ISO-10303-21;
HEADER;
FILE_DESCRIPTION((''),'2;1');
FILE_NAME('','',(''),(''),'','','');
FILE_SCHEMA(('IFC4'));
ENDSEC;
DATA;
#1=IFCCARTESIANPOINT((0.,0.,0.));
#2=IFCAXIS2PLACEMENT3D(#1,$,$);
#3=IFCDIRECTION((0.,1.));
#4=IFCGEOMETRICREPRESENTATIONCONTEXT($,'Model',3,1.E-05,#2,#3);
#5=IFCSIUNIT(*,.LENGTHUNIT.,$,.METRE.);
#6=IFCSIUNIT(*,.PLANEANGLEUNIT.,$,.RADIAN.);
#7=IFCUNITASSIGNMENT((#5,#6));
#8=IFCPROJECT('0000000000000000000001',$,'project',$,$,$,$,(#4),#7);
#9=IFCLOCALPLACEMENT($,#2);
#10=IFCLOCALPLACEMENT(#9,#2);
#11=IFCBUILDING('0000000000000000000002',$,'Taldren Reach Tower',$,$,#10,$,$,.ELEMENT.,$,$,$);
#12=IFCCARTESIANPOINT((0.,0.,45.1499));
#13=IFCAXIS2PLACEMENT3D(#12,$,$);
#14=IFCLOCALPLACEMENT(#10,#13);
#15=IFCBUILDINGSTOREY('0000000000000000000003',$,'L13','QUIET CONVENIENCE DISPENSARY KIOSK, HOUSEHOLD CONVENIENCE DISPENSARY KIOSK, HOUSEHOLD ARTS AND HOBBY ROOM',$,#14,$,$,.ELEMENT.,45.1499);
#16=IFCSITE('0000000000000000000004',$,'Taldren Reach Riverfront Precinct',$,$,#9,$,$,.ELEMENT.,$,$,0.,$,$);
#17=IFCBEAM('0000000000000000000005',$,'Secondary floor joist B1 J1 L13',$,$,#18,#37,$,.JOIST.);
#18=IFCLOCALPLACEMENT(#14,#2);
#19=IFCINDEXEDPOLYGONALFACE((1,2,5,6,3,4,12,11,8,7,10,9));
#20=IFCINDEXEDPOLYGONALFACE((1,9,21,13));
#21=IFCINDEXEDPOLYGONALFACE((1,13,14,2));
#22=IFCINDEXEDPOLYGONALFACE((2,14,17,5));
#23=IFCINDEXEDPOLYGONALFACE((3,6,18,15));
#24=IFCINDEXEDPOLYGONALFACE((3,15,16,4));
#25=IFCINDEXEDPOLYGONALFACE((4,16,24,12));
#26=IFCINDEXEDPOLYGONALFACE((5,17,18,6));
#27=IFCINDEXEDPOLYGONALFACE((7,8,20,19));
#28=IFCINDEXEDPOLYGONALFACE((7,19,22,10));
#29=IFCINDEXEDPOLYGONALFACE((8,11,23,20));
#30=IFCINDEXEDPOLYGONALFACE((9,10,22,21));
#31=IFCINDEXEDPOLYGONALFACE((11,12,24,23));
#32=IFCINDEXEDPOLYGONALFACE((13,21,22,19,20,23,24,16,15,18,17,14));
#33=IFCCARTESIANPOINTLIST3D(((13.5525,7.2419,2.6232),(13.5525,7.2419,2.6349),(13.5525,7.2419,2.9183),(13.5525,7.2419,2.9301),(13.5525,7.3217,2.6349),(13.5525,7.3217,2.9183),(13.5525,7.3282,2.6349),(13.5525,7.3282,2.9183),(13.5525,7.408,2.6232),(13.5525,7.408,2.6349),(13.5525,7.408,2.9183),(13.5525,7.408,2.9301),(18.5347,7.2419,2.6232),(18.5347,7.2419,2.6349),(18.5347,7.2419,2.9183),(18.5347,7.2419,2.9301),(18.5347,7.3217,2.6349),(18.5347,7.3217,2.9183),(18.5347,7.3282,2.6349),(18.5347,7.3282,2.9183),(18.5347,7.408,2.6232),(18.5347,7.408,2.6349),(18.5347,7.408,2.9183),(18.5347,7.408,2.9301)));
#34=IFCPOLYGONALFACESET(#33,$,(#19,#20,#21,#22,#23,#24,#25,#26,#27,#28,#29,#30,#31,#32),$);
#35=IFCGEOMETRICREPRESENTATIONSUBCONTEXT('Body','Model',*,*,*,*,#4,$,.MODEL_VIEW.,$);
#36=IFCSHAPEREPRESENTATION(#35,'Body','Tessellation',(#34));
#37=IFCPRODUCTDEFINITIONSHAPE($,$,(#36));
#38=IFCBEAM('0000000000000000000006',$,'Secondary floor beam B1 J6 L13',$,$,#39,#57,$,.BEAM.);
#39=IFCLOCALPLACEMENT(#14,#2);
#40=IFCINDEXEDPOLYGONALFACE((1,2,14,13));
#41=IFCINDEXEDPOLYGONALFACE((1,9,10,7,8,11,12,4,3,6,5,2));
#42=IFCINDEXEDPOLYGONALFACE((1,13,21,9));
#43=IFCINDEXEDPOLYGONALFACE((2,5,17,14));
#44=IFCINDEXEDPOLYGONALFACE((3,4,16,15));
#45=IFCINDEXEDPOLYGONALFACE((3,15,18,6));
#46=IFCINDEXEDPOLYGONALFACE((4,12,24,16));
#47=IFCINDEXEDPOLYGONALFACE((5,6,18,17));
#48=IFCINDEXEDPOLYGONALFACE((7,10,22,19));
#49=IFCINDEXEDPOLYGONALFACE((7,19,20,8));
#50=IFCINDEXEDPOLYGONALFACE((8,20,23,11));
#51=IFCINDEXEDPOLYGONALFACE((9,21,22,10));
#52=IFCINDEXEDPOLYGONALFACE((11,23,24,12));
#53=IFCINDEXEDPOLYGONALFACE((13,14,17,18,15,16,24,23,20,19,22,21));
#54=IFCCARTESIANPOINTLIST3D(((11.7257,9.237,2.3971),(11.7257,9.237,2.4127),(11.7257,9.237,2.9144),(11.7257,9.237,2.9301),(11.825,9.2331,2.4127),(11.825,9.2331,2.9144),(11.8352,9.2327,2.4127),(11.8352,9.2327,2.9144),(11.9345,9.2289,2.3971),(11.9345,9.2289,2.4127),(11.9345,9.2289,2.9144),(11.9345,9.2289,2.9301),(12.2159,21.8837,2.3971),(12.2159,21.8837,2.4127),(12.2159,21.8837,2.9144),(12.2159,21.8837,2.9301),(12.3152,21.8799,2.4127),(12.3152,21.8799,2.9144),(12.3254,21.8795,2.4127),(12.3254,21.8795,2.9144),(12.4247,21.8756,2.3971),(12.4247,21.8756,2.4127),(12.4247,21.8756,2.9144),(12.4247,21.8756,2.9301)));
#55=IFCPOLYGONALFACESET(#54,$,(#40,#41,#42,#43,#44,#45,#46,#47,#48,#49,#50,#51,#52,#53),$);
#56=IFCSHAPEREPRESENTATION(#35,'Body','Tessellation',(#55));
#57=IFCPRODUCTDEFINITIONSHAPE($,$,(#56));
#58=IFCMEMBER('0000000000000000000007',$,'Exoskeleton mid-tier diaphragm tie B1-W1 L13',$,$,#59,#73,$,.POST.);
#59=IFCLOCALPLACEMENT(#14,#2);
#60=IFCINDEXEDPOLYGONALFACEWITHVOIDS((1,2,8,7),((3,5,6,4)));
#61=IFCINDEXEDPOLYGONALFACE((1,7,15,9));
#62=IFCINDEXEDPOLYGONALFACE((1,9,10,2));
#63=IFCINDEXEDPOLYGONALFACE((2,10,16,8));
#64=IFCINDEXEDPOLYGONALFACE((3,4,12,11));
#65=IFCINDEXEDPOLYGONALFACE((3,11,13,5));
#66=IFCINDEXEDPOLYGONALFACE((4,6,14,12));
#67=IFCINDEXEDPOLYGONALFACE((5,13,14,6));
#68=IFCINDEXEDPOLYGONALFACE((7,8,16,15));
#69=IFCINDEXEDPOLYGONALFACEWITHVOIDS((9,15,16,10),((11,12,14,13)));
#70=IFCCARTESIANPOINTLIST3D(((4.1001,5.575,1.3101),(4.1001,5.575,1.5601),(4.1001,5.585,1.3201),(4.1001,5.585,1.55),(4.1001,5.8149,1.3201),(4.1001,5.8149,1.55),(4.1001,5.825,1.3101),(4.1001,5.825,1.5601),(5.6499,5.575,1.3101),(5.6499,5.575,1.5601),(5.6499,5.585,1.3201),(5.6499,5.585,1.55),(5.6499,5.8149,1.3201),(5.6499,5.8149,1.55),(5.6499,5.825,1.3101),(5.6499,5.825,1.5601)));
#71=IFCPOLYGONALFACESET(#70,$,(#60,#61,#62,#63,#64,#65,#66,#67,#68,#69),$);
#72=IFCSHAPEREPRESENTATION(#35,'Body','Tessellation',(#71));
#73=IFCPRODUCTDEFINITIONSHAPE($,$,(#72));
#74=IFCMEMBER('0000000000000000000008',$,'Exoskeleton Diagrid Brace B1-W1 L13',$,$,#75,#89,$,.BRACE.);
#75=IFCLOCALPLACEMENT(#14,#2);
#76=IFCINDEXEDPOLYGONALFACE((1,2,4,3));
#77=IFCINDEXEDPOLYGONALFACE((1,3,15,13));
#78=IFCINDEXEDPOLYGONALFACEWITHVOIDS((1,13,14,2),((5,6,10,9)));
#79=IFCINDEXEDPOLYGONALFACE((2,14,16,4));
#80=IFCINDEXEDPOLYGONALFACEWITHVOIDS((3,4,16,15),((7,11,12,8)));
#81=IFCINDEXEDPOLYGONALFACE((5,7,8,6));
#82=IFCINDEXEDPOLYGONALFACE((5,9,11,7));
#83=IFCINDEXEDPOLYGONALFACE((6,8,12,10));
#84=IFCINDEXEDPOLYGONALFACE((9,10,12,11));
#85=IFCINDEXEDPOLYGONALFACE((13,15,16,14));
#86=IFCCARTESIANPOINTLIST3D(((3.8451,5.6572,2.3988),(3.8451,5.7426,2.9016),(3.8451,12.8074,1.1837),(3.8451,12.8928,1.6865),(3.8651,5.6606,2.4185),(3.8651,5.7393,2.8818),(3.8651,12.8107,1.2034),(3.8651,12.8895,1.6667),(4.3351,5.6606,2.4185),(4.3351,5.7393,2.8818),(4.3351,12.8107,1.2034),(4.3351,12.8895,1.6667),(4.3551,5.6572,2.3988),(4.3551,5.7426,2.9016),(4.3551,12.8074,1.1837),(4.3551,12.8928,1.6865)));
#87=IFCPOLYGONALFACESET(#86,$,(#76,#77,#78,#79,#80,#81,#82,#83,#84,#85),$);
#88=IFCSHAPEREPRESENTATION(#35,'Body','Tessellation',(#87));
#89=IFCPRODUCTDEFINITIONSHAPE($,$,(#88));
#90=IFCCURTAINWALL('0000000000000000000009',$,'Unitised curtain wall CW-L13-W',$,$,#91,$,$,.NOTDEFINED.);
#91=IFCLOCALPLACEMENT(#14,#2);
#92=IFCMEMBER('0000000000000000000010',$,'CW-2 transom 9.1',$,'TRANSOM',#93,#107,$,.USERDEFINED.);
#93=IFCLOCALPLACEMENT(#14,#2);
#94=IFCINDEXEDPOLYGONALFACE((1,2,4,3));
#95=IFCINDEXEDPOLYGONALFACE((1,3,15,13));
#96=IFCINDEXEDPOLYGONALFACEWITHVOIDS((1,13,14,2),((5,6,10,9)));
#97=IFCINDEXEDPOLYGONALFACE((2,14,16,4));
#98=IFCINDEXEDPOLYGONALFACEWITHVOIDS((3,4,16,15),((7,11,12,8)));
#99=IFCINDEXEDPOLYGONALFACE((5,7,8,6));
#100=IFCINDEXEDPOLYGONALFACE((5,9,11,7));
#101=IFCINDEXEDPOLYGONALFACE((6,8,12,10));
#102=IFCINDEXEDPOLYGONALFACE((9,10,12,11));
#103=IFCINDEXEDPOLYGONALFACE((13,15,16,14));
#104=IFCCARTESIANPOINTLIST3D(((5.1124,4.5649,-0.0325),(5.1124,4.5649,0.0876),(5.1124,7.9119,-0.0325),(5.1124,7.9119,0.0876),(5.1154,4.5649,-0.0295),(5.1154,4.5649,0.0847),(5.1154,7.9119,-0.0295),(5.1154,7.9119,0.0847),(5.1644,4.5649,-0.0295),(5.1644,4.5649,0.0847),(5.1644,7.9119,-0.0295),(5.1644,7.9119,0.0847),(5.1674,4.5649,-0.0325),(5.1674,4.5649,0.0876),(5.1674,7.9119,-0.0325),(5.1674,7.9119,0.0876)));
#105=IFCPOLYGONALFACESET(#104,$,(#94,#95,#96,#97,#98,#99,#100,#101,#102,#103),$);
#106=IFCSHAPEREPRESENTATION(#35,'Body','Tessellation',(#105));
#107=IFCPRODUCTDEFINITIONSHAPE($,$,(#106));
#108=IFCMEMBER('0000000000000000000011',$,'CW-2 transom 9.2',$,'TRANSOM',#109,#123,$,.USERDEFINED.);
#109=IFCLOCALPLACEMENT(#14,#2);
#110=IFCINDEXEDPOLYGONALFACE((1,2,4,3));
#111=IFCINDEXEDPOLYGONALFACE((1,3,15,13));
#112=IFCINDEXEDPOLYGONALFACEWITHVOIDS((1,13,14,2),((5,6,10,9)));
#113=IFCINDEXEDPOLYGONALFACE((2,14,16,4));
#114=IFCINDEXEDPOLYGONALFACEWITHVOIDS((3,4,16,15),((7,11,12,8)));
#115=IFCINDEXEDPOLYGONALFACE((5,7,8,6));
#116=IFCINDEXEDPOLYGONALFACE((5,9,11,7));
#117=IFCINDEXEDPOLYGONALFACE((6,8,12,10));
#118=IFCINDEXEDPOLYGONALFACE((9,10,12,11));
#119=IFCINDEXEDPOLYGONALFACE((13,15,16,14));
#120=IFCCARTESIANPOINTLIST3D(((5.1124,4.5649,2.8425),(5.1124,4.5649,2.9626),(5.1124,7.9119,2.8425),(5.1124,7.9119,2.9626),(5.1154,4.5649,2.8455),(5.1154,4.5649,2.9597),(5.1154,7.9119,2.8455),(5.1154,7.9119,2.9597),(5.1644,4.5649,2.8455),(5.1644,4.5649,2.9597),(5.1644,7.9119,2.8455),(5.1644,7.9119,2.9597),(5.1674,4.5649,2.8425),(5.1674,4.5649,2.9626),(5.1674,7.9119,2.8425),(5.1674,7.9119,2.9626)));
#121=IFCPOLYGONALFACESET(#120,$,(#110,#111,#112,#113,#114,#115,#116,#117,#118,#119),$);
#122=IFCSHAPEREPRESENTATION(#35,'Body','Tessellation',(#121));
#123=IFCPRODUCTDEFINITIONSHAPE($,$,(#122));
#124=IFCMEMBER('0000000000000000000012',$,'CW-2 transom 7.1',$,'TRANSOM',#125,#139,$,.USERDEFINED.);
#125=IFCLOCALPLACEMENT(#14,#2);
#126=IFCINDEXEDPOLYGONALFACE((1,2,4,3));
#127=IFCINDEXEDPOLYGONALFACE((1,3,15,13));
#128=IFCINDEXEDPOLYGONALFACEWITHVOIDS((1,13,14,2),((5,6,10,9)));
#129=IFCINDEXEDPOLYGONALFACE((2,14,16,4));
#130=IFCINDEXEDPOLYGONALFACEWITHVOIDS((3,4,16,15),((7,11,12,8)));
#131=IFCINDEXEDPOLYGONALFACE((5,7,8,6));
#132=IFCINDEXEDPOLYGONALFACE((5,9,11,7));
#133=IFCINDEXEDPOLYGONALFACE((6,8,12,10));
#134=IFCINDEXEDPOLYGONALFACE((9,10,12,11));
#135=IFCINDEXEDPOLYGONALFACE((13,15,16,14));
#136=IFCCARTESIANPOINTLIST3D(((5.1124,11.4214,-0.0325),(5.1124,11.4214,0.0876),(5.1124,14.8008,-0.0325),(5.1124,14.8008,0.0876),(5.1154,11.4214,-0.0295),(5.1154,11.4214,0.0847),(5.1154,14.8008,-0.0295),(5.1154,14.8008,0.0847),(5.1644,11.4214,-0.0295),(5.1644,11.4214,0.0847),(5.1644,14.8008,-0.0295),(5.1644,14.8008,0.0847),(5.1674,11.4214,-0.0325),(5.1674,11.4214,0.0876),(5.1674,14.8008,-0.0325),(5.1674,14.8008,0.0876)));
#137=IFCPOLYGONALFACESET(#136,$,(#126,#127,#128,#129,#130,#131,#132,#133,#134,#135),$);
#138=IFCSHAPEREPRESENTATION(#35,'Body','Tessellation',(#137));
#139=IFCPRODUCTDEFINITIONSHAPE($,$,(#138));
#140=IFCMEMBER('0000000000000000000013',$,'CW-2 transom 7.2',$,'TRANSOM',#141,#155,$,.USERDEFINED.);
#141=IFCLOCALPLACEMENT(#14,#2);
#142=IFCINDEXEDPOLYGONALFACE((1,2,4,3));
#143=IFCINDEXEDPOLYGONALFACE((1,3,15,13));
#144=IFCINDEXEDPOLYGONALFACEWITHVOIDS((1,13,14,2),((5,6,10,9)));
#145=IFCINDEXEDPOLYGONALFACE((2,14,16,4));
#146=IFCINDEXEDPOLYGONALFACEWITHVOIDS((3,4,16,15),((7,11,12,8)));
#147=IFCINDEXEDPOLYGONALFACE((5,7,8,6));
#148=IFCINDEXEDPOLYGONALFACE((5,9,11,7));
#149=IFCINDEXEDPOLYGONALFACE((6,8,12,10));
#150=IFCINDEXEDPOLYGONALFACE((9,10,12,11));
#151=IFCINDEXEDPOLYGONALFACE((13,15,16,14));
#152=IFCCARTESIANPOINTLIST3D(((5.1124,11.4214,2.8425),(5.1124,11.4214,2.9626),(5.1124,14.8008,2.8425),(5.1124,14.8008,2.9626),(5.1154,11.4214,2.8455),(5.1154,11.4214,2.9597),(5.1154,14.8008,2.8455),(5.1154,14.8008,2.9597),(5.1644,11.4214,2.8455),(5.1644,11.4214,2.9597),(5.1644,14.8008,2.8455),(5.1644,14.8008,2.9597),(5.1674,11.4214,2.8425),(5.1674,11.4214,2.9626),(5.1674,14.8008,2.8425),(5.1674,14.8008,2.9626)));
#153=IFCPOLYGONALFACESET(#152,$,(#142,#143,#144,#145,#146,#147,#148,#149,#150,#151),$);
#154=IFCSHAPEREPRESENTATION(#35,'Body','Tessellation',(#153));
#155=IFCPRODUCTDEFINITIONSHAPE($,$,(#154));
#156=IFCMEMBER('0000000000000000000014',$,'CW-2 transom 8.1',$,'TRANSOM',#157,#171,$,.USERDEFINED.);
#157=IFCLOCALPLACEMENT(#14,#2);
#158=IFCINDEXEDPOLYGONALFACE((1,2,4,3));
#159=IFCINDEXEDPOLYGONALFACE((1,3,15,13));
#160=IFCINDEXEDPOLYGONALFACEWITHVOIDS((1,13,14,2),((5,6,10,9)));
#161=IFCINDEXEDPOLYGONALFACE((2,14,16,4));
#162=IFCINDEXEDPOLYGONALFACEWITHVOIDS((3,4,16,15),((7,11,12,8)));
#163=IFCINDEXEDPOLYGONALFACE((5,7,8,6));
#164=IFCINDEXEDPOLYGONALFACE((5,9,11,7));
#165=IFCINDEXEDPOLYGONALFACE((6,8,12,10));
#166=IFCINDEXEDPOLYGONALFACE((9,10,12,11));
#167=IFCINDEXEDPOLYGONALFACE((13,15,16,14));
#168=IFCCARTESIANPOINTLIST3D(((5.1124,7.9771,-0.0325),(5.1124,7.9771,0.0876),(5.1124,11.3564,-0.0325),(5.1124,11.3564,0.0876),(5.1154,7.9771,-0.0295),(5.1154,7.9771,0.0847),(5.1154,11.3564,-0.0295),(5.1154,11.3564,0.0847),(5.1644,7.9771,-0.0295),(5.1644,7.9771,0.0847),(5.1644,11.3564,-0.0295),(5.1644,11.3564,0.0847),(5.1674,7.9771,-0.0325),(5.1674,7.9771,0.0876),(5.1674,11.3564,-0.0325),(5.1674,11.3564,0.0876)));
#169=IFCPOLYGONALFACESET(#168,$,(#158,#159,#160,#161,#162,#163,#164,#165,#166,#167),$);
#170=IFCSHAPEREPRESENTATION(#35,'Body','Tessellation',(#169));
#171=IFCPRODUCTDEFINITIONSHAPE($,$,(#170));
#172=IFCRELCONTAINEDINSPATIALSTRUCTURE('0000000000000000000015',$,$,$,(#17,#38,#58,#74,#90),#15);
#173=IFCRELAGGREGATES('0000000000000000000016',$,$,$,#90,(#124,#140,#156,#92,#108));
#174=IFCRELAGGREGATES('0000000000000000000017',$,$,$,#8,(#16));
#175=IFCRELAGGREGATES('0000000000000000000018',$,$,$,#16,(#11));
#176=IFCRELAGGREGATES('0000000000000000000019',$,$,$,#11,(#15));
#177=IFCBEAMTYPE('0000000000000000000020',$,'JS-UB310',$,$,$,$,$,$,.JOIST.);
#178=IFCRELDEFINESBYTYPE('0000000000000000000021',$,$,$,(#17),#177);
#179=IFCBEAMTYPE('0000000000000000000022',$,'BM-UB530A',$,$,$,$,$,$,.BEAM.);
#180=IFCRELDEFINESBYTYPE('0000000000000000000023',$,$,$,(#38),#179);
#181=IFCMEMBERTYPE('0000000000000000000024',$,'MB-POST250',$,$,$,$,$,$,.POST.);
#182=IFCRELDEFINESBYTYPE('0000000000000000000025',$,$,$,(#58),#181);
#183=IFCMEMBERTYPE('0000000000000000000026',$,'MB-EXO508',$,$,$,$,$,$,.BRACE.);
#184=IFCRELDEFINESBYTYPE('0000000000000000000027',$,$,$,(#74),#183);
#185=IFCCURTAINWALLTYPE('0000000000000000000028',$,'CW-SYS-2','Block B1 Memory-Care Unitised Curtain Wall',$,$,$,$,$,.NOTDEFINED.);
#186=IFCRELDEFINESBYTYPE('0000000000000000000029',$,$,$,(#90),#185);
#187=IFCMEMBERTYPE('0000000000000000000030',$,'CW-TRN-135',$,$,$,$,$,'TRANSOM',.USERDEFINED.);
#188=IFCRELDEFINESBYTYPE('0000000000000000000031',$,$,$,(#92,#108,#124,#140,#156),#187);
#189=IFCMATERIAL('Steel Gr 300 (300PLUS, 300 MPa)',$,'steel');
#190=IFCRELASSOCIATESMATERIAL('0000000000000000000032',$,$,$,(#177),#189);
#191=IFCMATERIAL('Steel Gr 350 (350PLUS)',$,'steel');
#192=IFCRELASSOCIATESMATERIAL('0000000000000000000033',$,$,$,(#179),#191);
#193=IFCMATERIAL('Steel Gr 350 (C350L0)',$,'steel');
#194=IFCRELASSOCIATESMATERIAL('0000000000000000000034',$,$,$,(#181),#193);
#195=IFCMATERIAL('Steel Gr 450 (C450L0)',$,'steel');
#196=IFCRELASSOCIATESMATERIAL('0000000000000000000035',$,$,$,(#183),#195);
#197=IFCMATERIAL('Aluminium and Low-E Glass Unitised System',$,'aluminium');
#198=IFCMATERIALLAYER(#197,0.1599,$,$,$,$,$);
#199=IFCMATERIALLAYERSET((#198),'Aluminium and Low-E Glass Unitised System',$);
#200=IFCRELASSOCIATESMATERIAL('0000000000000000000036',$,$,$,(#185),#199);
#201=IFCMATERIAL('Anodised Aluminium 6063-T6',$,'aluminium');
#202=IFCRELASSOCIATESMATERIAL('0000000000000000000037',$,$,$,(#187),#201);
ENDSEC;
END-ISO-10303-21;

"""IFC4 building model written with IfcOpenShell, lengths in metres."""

from ifc_helpers import new_model, si_unit, direction, frame, origin, origin_2d, place, context, subcontext, project, spatial, hollow_rectangle, i_section, extrude, source, transform, mapped, material, layer, layer_set, material_profile, profile_set, type_object, element, aggregate, save


model = new_model("IFC4")

# Units and contexts
model_context = context("Model", 3, precision=1e-05, world=origin(), true_north=direction((0.0, 1.0)))
body_context = subcontext(model_context, "Body", "Model", "MODEL_VIEW")
ifc_project = project(units=[si_unit("LENGTHUNIT", "METRE"), si_unit("PLANEANGLEUNIT", "RADIAN")], contexts=[model_context])

# Site, building, storey
site_placement = place(None, origin())
site = spatial("IfcSite", under=ifc_project, at=site_placement, Name="Taldren Reach Riverfront Precinct", CompositionType="ELEMENT", RefElevation=0.0)
building_placement = place(site_placement, origin())
building = spatial("IfcBuilding", under=site, at=building_placement, Name="Taldren Reach Tower", CompositionType="ELEMENT")
storey_placement = place(building_placement, frame((0.0, 0.0, 45.1499)))
storey = spatial("IfcBuildingStorey", under=building, at=storey_placement, Name="L13", Description="QUIET CONVENIENCE DISPENSARY KIOSK, HOUSEHOLD CONVENIENCE DISPENSARY KIOSK, HOUSEHOLD ARTS AND HOBBY ROOM", CompositionType="ELEMENT", Elevation=45.1499)

# Beams
ifc_material_1 = material(Name="Steel Gr 300 (300PLUS, 300 MPa)", Category="steel")
ifc_material_profile_1 = material_profile(ifc_material_1, i_section(OverallWidth=0.166, OverallDepth=0.3069, WebThickness=0.0066, FlangeThickness=0.0117, at=origin_2d()), Name="310UB46.2")
ifc_profile_set_1 = profile_set([ifc_material_profile_1], Name="Steel Gr 300 (300PLUS, 300 MPa)")
beam_type_1 = type_object("IfcBeamType", Name="JS-UB310", PredefinedType="JOIST", material=ifc_profile_set_1)
shared_shape_1 = source(origin(), body_context, "Body", "SweptSolid", [
    extrude(i_section(OverallWidth=0.166, OverallDepth=0.3069, WebThickness=0.0066, FlangeThickness=0.0117, at=origin_2d()), origin(), (0.0, 0.0, 1.0), 4.9822),
])
beam_1_placement = place(storey_placement, frame((13.5525, 7.325, 2.7766), z_axis=(1.0, 0.0, 0.0), x_axis=(0.0, 1.0, 0.0)))
element("IfcBeam", 1, at=beam_1_placement, inside=storey, type_object=beam_type_1, Name="Secondary floor joist B1 J1 L13", PredefinedType="JOIST", context=body_context, shape_type="MappedRepresentation", body=[
    mapped(shared_shape_1, transform((0.0, 0.0, 0.0), scale=1.0)),
])
ifc_material_2 = material(Name="Steel Gr 350 (350PLUS)", Category="steel")
ifc_material_profile_2 = material_profile(ifc_material_2, i_section(OverallWidth=0.209, OverallDepth=0.533, WebThickness=0.0103, FlangeThickness=0.0156, at=origin_2d()), Name="530UB92.4")
ifc_profile_set_2 = profile_set([ifc_material_profile_2], Name="Steel Gr 350 (350PLUS)")
beam_type_2 = type_object("IfcBeamType", Name="BM-UB530A", PredefinedType="BEAM", material=ifc_profile_set_2)
shared_shape_2 = source(origin(), body_context, "Body", "SweptSolid", [
    extrude(i_section(OverallWidth=0.209, OverallDepth=0.533, WebThickness=0.0103, FlangeThickness=0.0156, at=origin_2d()), origin(), (0.0, 0.0, 1.0), 12.6562),
])
beam_2_placement = place(storey_placement, frame((11.8301, 9.2329, 2.6636), z_axis=(0.038735, 0.99925, 0.0), x_axis=(-0.99925, 0.038735, 0.0)))
element("IfcBeam", 2, at=beam_2_placement, inside=storey, type_object=beam_type_2, Name="Secondary floor beam B1 J6 L13", PredefinedType="BEAM", context=body_context, shape_type="MappedRepresentation", body=[
    mapped(shared_shape_2, transform((0.0, 0.0, 0.0), scale=1.0)),
])

# Members
ifc_material_3 = material(Name="Steel Gr 350 (C350L0)", Category="steel")
ifc_material_profile_3 = material_profile(ifc_material_3, hollow_rectangle(XDim=0.25, YDim=0.25, WallThickness=0.01, at=origin_2d()), Name="250x250x10.0SHS")
ifc_profile_set_3 = profile_set([ifc_material_profile_3], Name="Steel Gr 350 (C350L0)")
member_type_1 = type_object("IfcMemberType", Name="MB-POST250", PredefinedType="POST", material=ifc_profile_set_3)
shared_shape_3 = source(origin(), body_context, "Body", "SweptSolid", [
    extrude(hollow_rectangle(XDim=0.25, YDim=0.25, WallThickness=0.01, at=origin_2d()), origin(), (0.0, 0.0, 1.0), 1.5498),
])
member_1_placement = place(storey_placement, frame((5.6499, 5.7, 1.4351), z_axis=(-1.0, 0.0, 0.0), x_axis=(0.0, -1.0, 0.0)))
element("IfcMember", 3, at=member_1_placement, inside=storey, type_object=member_type_1, Name="Exoskeleton mid-tier diaphragm tie B1-W1 L13", PredefinedType="POST", context=body_context, shape_type="MappedRepresentation", body=[
    mapped(shared_shape_3, transform((0.0, 0.0, 0.0), scale=1.0)),
])
ifc_material_4 = material(Name="Steel Gr 450 (C450L0)", Category="steel")
ifc_material_profile_4 = material_profile(ifc_material_4, hollow_rectangle(XDim=0.51, YDim=0.51, WallThickness=0.02, at=origin_2d()), Name="510x510x20.0SHS")
ifc_profile_set_4 = profile_set([ifc_material_profile_4], Name="Steel Gr 450 (C450L0)")
member_type_2 = type_object("IfcMemberType", Name="MB-EXO508", PredefinedType="BRACE", material=ifc_profile_set_4)
shared_shape_4 = source(origin(), body_context, "Body", "SweptSolid", [
    extrude(hollow_rectangle(XDim=0.51, YDim=0.51, WallThickness=0.02, at=origin_2d()), origin(), (0.0, 0.0, 1.0), 7.2527),
])
member_2_placement = place(storey_placement, frame((4.1001, 12.8501, 1.4351), z_axis=(0.0, -0.985866, 0.167537), x_axis=(1.0, 0.0, 0.0)))
element("IfcMember", 4, at=member_2_placement, inside=storey, type_object=member_type_2, Name="Exoskeleton Diagrid Brace B1-W1 L13", PredefinedType="BRACE", context=body_context, shape_type="MappedRepresentation", body=[
    mapped(shared_shape_4, transform((0.0, 0.0, 0.0), scale=1.0)),
])

# Curtain wall, members
ifc_material_5 = material(Name="Aluminium and Low-E Glass Unitised System", Category="aluminium")
ifc_layer_1 = layer(ifc_material_5, 0.1599)
ifc_layer_set_1 = layer_set([ifc_layer_1], Name="Aluminium and Low-E Glass Unitised System")
curtain_wall_type = type_object("IfcCurtainWallType", Name="CW-SYS-2", Description="Block B1 Memory-Care Unitised Curtain Wall", PredefinedType="NOTDEFINED", material=ifc_layer_set_1)
curtain_wall_placement = place(storey_placement, origin())
curtain_wall = element("IfcCurtainWall", 5, at=curtain_wall_placement, inside=storey, type_object=curtain_wall_type, Name="Unitised curtain wall CW-L13-W", PredefinedType="NOTDEFINED")
ifc_material_6 = material(Name="Anodised Aluminium 6063-T6", Category="aluminium")
ifc_material_profile_5 = material_profile(ifc_material_6, hollow_rectangle(XDim=0.0549, YDim=0.1201, WallThickness=0.0029, at=origin_2d()), Name="ALU-120x55x3RHS")
ifc_profile_set_5 = profile_set([ifc_material_profile_5], Name="Anodised Aluminium 6063-T6")
member_type_3 = type_object("IfcMemberType", Name="CW-TRN-135", ElementType="TRANSOM", PredefinedType="USERDEFINED", material=ifc_profile_set_5)
shared_shape_5 = source(origin(), body_context, "Body", "SweptSolid", [
    extrude(hollow_rectangle(XDim=0.0549, YDim=0.1201, WallThickness=0.0029, at=origin_2d()), origin(), (0.0, 0.0, 1.0), 3.3469),
])
member_3_placement = place(storey_placement, frame((5.1399, 7.9119, 0.0276), z_axis=(0.0, -1.0, 0.0), x_axis=(1.0, 0.0, 0.0)))
member_3 = element("IfcMember", 6, at=member_3_placement, type_object=member_type_3, Name="CW-2 transom 9.1", ObjectType="TRANSOM", PredefinedType="USERDEFINED", context=body_context, shape_type="MappedRepresentation", body=[
    mapped(shared_shape_5, transform((0.0, 0.0, 0.0), scale=1.0)),
])
member_4_placement = place(storey_placement, frame((5.1399, 7.9119, 2.9026), z_axis=(0.0, -1.0, 0.0), x_axis=(1.0, 0.0, 0.0)))
member_4 = element("IfcMember", 7, at=member_4_placement, type_object=member_type_3, Name="CW-2 transom 9.2", ObjectType="TRANSOM", PredefinedType="USERDEFINED", context=body_context, shape_type="MappedRepresentation", body=[
    mapped(shared_shape_5, transform((0.0, 0.0, 0.0), scale=1.0)),
])
shared_shape_6 = source(origin(), body_context, "Body", "SweptSolid", [
    extrude(hollow_rectangle(XDim=0.0549, YDim=0.1201, WallThickness=0.0029, at=origin_2d()), origin(), (0.0, 0.0, 1.0), 3.3794),
])
member_5_placement = place(storey_placement, frame((5.1399, 14.8008, 0.0276), z_axis=(0.0, -1.0, 0.0), x_axis=(1.0, 0.0, 0.0)))
member_5 = element("IfcMember", 8, at=member_5_placement, type_object=member_type_3, Name="CW-2 transom 7.1", ObjectType="TRANSOM", PredefinedType="USERDEFINED", context=body_context, shape_type="MappedRepresentation", body=[
    mapped(shared_shape_6, transform((0.0, 0.0, 0.0), scale=1.0)),
])
member_6_placement = place(storey_placement, frame((5.1399, 14.8008, 2.9026), z_axis=(0.0, -1.0, 0.0), x_axis=(1.0, 0.0, 0.0)))
member_6 = element("IfcMember", 9, at=member_6_placement, type_object=member_type_3, Name="CW-2 transom 7.2", ObjectType="TRANSOM", PredefinedType="USERDEFINED", context=body_context, shape_type="MappedRepresentation", body=[
    mapped(shared_shape_6, transform((0.0, 0.0, 0.0), scale=1.0)),
])
member_7_placement = place(storey_placement, frame((5.1399, 11.3564, 0.0276), z_axis=(0.0, -1.0, 0.0), x_axis=(1.0, 0.0, 0.0)))
member_7 = element("IfcMember", 10, at=member_7_placement, type_object=member_type_3, Name="CW-2 transom 8.1", ObjectType="TRANSOM", PredefinedType="USERDEFINED", context=body_context, shape_type="MappedRepresentation", body=[
    mapped(shared_shape_6, transform((0.0, 0.0, 0.0), scale=1.0)),
])
aggregate(curtain_wall, [member_5, member_6, member_7, member_3, member_4])

save(model, "model.ifc")
